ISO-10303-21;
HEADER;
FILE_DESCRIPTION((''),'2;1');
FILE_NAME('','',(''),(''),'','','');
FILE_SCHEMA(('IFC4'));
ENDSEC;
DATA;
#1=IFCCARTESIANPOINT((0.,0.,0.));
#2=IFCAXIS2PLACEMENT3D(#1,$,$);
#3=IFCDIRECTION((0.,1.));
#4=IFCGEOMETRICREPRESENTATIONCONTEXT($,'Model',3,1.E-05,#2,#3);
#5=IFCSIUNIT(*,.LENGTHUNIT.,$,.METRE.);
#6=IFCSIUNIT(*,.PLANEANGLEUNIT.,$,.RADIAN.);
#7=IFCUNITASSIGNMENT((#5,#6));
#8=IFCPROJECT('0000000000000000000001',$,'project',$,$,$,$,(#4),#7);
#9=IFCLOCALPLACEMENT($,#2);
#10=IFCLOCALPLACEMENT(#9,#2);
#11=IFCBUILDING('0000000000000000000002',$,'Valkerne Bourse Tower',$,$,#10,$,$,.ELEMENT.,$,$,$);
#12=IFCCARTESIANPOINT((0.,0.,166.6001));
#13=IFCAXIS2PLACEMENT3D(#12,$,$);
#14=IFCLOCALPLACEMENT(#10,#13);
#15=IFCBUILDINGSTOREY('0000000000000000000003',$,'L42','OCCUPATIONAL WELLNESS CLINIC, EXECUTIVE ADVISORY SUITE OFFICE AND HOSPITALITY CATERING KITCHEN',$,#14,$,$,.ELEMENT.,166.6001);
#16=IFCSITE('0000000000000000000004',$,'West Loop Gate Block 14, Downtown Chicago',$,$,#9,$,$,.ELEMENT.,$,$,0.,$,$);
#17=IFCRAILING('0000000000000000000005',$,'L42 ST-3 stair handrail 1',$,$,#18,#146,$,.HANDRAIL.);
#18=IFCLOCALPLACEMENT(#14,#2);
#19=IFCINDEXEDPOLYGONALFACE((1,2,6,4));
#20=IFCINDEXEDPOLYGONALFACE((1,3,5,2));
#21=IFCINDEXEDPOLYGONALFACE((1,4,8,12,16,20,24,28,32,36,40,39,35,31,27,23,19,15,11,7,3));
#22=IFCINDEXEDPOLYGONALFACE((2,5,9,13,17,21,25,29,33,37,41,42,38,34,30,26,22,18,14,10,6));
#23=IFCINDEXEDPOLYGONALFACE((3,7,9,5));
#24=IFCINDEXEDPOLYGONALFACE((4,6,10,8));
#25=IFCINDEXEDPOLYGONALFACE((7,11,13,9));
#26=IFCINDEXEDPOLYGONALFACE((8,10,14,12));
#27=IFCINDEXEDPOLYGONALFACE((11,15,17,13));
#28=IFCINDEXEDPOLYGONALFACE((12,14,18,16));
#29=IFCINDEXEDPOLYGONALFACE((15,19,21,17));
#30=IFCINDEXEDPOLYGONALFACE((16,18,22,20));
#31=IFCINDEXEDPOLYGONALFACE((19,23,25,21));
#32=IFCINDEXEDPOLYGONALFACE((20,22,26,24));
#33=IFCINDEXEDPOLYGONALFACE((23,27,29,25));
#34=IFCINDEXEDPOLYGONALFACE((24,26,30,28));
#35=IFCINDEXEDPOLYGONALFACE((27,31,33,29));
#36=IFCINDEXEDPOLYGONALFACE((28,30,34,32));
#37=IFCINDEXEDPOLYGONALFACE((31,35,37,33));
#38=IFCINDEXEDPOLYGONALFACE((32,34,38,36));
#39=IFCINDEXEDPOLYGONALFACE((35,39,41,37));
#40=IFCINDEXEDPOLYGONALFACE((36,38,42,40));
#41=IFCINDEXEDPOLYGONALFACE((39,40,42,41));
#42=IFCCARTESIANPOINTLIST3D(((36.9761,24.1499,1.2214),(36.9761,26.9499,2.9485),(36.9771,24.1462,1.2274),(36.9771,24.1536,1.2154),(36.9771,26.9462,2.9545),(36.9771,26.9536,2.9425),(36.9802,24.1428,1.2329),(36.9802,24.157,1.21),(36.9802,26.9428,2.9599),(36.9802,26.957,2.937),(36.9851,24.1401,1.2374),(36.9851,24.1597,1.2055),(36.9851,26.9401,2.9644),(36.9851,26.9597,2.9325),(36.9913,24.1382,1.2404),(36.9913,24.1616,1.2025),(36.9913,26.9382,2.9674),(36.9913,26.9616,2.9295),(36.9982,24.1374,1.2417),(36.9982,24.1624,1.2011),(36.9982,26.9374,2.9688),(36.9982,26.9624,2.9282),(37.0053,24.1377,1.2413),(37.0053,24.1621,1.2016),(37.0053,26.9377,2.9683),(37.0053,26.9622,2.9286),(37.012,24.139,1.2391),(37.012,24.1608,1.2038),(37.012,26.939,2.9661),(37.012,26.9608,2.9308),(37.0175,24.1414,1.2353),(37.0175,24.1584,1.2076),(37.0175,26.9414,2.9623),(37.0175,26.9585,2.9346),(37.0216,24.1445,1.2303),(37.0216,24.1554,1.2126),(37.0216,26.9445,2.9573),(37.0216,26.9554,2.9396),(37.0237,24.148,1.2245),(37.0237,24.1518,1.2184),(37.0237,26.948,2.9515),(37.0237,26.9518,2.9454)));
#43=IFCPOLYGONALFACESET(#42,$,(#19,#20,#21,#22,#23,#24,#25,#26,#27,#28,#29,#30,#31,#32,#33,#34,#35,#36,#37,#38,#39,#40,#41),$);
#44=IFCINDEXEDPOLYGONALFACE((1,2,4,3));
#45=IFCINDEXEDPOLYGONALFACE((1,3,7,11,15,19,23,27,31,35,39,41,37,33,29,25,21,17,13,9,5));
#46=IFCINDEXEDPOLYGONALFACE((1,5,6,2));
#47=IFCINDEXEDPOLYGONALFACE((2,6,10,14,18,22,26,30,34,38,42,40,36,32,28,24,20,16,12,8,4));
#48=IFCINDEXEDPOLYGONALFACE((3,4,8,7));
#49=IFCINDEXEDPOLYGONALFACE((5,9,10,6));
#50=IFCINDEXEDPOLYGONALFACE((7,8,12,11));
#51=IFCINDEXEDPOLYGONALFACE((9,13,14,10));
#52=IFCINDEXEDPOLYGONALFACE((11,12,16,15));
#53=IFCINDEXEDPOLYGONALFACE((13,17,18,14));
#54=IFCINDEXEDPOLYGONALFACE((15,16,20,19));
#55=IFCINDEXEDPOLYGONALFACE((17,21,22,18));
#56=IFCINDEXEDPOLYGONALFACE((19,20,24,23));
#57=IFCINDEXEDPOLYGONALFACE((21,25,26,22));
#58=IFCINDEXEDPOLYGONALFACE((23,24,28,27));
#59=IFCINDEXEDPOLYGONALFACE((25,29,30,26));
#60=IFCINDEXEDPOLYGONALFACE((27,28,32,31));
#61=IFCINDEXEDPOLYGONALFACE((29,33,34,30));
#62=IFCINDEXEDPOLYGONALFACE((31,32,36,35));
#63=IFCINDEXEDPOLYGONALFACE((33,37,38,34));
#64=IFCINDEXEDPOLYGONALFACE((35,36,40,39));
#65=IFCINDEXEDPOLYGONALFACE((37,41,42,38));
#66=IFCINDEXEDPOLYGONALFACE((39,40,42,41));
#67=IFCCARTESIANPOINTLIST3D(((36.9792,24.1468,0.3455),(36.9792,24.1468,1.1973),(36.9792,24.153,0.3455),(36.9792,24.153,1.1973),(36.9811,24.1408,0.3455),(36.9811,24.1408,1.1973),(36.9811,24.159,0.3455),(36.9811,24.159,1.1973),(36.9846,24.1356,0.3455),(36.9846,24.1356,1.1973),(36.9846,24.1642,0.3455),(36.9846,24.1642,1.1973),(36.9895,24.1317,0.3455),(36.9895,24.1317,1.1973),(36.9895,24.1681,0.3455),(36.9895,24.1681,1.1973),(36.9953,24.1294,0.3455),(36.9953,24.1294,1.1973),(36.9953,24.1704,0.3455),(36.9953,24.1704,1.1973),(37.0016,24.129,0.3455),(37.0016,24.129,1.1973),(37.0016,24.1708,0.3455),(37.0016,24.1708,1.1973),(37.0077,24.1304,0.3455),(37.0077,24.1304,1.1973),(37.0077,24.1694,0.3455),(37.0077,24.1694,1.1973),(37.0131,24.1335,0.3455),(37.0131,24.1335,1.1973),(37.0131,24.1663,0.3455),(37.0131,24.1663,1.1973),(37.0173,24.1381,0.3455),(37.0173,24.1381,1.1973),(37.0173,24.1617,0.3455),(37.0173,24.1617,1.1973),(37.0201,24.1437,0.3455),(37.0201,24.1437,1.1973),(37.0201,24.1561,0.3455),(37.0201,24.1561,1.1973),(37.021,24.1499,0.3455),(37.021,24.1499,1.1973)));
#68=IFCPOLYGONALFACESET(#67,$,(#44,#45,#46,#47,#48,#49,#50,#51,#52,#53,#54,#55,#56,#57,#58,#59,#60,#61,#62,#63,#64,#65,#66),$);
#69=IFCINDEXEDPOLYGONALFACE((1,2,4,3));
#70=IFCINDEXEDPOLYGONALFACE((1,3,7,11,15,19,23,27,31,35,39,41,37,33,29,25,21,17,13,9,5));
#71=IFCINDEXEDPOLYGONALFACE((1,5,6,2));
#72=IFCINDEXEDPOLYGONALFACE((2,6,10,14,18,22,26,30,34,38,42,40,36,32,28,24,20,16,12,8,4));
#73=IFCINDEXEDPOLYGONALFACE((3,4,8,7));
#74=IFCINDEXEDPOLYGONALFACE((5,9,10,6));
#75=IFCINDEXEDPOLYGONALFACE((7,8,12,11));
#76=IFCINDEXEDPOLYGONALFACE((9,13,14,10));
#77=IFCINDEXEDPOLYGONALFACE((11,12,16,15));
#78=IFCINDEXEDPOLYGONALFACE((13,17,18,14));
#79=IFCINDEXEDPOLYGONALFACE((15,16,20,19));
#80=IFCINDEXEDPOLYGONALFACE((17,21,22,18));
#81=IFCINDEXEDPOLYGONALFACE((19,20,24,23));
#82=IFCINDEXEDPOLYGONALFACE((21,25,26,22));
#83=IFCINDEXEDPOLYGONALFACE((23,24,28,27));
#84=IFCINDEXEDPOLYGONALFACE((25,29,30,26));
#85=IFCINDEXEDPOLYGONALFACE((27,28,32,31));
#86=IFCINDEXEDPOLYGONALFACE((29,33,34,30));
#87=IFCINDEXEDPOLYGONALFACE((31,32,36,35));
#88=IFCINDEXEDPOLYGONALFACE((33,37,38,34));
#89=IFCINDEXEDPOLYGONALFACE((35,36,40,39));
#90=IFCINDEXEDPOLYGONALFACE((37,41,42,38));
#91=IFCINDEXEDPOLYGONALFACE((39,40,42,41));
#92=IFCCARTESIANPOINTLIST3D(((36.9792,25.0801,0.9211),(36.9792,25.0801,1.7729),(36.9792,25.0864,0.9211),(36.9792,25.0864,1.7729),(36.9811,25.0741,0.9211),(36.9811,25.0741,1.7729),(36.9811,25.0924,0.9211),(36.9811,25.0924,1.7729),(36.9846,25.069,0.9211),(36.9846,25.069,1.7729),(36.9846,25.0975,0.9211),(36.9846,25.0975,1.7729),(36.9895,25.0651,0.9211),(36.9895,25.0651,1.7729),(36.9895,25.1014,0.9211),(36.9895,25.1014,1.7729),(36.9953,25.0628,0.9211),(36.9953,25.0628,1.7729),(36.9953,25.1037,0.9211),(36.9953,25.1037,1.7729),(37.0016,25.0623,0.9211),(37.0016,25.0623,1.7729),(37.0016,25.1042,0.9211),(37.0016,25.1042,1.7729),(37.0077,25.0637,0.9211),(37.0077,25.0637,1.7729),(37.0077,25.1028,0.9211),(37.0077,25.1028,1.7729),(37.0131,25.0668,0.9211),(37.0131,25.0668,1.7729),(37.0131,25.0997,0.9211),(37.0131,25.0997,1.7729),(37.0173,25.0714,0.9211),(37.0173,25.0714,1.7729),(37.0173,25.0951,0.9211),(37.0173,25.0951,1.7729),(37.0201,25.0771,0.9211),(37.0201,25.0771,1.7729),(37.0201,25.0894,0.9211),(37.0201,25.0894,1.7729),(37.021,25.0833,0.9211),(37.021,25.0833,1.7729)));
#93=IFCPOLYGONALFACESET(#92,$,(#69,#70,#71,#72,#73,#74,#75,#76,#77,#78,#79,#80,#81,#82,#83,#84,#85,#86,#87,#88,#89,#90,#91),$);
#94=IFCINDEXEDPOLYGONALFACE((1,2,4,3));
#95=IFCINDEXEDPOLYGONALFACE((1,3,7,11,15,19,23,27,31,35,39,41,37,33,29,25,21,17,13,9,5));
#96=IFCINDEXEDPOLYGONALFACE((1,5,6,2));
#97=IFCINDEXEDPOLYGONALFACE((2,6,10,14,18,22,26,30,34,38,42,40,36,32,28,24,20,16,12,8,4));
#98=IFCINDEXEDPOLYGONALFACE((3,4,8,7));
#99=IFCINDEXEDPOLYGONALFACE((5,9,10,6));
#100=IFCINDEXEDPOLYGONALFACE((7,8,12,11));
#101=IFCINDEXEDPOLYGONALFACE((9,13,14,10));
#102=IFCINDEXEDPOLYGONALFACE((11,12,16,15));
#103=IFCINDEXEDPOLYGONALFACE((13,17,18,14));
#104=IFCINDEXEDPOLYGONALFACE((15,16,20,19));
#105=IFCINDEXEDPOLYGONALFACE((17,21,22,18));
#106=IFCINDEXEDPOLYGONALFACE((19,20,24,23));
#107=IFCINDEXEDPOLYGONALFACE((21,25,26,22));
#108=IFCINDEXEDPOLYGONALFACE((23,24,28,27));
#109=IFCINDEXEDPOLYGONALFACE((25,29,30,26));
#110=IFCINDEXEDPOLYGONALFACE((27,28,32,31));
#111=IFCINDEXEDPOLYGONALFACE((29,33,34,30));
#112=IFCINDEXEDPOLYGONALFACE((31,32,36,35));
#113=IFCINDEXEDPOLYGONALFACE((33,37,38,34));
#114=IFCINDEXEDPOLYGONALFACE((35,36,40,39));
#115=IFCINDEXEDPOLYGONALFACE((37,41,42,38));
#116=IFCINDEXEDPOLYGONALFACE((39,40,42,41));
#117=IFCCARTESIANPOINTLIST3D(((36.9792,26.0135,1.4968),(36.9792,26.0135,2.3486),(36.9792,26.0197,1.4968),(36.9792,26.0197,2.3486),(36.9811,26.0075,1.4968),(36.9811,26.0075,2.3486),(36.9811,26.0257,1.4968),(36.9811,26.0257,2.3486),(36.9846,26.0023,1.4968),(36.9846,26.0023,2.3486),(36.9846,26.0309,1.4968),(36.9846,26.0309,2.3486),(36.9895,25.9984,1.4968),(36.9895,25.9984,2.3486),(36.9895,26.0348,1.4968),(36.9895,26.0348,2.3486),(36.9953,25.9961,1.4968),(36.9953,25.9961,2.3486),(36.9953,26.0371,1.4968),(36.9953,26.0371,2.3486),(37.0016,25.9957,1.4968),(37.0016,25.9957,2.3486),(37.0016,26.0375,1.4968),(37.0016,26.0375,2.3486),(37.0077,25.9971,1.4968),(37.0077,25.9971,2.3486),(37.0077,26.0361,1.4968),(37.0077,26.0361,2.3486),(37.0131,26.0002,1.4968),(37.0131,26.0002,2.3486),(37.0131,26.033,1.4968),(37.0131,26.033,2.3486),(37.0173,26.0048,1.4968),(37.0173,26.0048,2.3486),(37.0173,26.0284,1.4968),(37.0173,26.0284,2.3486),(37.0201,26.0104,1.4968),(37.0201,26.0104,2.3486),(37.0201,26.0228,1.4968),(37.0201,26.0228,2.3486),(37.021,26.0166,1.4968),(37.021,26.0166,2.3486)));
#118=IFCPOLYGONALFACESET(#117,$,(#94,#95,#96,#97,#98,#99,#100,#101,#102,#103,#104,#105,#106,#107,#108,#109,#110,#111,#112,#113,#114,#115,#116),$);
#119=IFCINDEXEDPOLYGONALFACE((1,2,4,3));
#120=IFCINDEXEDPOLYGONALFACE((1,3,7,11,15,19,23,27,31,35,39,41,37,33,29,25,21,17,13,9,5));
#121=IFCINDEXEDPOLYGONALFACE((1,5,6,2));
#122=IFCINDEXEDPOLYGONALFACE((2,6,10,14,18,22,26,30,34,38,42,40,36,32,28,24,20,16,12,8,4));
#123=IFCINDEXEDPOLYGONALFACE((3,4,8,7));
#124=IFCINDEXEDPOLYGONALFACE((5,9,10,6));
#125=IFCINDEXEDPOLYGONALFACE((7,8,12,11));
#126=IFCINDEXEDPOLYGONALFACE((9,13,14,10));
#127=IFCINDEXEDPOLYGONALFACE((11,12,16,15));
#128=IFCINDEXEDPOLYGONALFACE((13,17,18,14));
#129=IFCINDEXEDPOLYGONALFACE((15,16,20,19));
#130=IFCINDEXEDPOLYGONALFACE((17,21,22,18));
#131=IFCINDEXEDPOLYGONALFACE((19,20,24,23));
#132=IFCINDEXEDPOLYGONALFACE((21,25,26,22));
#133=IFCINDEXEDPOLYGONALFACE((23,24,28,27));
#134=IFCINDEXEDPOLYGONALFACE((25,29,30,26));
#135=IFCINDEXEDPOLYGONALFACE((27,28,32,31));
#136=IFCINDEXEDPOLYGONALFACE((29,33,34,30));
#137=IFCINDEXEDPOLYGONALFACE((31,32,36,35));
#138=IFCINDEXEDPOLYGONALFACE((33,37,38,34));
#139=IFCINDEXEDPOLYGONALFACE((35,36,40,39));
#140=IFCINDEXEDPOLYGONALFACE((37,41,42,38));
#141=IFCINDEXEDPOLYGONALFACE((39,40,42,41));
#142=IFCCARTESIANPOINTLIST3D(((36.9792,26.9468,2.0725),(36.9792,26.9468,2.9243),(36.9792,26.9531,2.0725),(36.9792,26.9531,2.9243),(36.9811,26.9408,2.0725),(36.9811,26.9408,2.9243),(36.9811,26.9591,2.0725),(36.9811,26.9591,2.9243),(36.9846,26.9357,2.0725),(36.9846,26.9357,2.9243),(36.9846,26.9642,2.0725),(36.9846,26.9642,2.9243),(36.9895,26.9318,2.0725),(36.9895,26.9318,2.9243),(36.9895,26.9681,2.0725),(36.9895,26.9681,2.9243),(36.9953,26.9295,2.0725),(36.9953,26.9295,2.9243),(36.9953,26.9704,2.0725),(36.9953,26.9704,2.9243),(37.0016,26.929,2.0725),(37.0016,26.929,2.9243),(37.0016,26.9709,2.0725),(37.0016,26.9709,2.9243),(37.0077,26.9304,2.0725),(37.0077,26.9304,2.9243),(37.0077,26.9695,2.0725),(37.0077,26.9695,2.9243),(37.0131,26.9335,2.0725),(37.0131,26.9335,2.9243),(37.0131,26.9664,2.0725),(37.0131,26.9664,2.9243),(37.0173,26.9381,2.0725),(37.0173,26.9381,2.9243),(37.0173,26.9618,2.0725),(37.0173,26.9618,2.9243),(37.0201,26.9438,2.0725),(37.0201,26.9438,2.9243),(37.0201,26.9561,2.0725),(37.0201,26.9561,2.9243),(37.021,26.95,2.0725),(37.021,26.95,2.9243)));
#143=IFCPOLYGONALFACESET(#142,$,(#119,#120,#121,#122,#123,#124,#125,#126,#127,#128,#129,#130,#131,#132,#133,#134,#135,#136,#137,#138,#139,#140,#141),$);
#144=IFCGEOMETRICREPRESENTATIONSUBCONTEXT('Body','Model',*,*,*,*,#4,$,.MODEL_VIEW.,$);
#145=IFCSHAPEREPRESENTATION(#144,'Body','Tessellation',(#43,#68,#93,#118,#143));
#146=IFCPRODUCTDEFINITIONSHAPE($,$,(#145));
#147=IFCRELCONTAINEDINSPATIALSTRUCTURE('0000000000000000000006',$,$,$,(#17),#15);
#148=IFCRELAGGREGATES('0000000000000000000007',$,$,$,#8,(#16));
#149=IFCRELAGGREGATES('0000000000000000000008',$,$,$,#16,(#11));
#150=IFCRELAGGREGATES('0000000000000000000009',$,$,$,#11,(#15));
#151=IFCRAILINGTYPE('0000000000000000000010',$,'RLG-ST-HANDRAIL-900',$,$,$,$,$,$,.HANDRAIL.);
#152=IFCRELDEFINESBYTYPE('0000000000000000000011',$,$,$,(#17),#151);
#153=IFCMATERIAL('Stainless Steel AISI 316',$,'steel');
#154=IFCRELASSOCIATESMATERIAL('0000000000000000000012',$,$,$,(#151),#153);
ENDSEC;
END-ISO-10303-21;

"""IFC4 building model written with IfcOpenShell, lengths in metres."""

from ifc_helpers import new_model, si_unit, direction, frame, origin, origin_2d, place, context, subcontext, project, spatial, circle, extrude, material, type_object, element, save


model = new_model("IFC4")

# Units and contexts
model_context = context("Model", 3, precision=1e-05, world=origin(), true_north=direction((0.0, 1.0)))
body_context = subcontext(model_context, "Body", "Model", "MODEL_VIEW")
ifc_project = project(units=[si_unit("LENGTHUNIT", "METRE"), si_unit("PLANEANGLEUNIT", "RADIAN")], contexts=[model_context])

# Site, building, storey
site_placement = place(None, origin())
site = spatial("IfcSite", under=ifc_project, at=site_placement, Name="West Loop Gate Block 14, Downtown Chicago", CompositionType="ELEMENT", RefElevation=0.0)
building_placement = place(site_placement, origin())
building = spatial("IfcBuilding", under=site, at=building_placement, Name="Valkerne Bourse Tower", CompositionType="ELEMENT")
storey_placement = place(building_placement, frame((0.0, 0.0, 166.6001)))
storey = spatial("IfcBuildingStorey", under=building, at=storey_placement, Name="L42", Description="OCCUPATIONAL WELLNESS CLINIC, EXECUTIVE ADVISORY SUITE OFFICE AND HOSPITALITY CATERING KITCHEN", CompositionType="ELEMENT", Elevation=166.6001)

# Railing
ifc_material_1 = material(Name="Stainless Steel AISI 316", Category="steel")
railing_type_1 = type_object("IfcRailingType", Name="RLG-ST-HANDRAIL-900", PredefinedType="HANDRAIL", material=ifc_material_1)
railing_1_placement = place(storey_placement, frame((37.0, 24.1499, 0.3455)))
element("IfcRailing", 1, at=railing_1_placement, inside=storey, type_object=railing_type_1, Name="L42 ST-3 stair handrail 1", PredefinedType="HANDRAIL", context=body_context, shape_type="SweptSolid", body=[
    extrude(circle(Radius=0.0239, at=origin_2d()), frame((0.0, 0.0, 0.876), z_axis=(0.0, 0.851123, 0.524967), x_axis=(-1.0, 0.0, 0.0)), (0.0, 0.0, 1.0), 3.2898),
    extrude(circle(Radius=0.021, at=origin_2d()), origin(), (0.0, 0.0, 1.0), 0.8518),
    extrude(circle(Radius=0.021, at=origin_2d()), frame((0.0, 0.9333, 0.5757)), (0.0, 0.0, 1.0), 0.8518),
    extrude(circle(Radius=0.021, at=origin_2d()), frame((0.0, 1.8667, 1.1514)), (0.0, 0.0, 1.0), 0.8518),
    extrude(circle(Radius=0.021, at=origin_2d()), frame((0.0, 2.8, 1.7271)), (0.0, 0.0, 1.0), 0.8518),
])

save(model, "model.ifc")
